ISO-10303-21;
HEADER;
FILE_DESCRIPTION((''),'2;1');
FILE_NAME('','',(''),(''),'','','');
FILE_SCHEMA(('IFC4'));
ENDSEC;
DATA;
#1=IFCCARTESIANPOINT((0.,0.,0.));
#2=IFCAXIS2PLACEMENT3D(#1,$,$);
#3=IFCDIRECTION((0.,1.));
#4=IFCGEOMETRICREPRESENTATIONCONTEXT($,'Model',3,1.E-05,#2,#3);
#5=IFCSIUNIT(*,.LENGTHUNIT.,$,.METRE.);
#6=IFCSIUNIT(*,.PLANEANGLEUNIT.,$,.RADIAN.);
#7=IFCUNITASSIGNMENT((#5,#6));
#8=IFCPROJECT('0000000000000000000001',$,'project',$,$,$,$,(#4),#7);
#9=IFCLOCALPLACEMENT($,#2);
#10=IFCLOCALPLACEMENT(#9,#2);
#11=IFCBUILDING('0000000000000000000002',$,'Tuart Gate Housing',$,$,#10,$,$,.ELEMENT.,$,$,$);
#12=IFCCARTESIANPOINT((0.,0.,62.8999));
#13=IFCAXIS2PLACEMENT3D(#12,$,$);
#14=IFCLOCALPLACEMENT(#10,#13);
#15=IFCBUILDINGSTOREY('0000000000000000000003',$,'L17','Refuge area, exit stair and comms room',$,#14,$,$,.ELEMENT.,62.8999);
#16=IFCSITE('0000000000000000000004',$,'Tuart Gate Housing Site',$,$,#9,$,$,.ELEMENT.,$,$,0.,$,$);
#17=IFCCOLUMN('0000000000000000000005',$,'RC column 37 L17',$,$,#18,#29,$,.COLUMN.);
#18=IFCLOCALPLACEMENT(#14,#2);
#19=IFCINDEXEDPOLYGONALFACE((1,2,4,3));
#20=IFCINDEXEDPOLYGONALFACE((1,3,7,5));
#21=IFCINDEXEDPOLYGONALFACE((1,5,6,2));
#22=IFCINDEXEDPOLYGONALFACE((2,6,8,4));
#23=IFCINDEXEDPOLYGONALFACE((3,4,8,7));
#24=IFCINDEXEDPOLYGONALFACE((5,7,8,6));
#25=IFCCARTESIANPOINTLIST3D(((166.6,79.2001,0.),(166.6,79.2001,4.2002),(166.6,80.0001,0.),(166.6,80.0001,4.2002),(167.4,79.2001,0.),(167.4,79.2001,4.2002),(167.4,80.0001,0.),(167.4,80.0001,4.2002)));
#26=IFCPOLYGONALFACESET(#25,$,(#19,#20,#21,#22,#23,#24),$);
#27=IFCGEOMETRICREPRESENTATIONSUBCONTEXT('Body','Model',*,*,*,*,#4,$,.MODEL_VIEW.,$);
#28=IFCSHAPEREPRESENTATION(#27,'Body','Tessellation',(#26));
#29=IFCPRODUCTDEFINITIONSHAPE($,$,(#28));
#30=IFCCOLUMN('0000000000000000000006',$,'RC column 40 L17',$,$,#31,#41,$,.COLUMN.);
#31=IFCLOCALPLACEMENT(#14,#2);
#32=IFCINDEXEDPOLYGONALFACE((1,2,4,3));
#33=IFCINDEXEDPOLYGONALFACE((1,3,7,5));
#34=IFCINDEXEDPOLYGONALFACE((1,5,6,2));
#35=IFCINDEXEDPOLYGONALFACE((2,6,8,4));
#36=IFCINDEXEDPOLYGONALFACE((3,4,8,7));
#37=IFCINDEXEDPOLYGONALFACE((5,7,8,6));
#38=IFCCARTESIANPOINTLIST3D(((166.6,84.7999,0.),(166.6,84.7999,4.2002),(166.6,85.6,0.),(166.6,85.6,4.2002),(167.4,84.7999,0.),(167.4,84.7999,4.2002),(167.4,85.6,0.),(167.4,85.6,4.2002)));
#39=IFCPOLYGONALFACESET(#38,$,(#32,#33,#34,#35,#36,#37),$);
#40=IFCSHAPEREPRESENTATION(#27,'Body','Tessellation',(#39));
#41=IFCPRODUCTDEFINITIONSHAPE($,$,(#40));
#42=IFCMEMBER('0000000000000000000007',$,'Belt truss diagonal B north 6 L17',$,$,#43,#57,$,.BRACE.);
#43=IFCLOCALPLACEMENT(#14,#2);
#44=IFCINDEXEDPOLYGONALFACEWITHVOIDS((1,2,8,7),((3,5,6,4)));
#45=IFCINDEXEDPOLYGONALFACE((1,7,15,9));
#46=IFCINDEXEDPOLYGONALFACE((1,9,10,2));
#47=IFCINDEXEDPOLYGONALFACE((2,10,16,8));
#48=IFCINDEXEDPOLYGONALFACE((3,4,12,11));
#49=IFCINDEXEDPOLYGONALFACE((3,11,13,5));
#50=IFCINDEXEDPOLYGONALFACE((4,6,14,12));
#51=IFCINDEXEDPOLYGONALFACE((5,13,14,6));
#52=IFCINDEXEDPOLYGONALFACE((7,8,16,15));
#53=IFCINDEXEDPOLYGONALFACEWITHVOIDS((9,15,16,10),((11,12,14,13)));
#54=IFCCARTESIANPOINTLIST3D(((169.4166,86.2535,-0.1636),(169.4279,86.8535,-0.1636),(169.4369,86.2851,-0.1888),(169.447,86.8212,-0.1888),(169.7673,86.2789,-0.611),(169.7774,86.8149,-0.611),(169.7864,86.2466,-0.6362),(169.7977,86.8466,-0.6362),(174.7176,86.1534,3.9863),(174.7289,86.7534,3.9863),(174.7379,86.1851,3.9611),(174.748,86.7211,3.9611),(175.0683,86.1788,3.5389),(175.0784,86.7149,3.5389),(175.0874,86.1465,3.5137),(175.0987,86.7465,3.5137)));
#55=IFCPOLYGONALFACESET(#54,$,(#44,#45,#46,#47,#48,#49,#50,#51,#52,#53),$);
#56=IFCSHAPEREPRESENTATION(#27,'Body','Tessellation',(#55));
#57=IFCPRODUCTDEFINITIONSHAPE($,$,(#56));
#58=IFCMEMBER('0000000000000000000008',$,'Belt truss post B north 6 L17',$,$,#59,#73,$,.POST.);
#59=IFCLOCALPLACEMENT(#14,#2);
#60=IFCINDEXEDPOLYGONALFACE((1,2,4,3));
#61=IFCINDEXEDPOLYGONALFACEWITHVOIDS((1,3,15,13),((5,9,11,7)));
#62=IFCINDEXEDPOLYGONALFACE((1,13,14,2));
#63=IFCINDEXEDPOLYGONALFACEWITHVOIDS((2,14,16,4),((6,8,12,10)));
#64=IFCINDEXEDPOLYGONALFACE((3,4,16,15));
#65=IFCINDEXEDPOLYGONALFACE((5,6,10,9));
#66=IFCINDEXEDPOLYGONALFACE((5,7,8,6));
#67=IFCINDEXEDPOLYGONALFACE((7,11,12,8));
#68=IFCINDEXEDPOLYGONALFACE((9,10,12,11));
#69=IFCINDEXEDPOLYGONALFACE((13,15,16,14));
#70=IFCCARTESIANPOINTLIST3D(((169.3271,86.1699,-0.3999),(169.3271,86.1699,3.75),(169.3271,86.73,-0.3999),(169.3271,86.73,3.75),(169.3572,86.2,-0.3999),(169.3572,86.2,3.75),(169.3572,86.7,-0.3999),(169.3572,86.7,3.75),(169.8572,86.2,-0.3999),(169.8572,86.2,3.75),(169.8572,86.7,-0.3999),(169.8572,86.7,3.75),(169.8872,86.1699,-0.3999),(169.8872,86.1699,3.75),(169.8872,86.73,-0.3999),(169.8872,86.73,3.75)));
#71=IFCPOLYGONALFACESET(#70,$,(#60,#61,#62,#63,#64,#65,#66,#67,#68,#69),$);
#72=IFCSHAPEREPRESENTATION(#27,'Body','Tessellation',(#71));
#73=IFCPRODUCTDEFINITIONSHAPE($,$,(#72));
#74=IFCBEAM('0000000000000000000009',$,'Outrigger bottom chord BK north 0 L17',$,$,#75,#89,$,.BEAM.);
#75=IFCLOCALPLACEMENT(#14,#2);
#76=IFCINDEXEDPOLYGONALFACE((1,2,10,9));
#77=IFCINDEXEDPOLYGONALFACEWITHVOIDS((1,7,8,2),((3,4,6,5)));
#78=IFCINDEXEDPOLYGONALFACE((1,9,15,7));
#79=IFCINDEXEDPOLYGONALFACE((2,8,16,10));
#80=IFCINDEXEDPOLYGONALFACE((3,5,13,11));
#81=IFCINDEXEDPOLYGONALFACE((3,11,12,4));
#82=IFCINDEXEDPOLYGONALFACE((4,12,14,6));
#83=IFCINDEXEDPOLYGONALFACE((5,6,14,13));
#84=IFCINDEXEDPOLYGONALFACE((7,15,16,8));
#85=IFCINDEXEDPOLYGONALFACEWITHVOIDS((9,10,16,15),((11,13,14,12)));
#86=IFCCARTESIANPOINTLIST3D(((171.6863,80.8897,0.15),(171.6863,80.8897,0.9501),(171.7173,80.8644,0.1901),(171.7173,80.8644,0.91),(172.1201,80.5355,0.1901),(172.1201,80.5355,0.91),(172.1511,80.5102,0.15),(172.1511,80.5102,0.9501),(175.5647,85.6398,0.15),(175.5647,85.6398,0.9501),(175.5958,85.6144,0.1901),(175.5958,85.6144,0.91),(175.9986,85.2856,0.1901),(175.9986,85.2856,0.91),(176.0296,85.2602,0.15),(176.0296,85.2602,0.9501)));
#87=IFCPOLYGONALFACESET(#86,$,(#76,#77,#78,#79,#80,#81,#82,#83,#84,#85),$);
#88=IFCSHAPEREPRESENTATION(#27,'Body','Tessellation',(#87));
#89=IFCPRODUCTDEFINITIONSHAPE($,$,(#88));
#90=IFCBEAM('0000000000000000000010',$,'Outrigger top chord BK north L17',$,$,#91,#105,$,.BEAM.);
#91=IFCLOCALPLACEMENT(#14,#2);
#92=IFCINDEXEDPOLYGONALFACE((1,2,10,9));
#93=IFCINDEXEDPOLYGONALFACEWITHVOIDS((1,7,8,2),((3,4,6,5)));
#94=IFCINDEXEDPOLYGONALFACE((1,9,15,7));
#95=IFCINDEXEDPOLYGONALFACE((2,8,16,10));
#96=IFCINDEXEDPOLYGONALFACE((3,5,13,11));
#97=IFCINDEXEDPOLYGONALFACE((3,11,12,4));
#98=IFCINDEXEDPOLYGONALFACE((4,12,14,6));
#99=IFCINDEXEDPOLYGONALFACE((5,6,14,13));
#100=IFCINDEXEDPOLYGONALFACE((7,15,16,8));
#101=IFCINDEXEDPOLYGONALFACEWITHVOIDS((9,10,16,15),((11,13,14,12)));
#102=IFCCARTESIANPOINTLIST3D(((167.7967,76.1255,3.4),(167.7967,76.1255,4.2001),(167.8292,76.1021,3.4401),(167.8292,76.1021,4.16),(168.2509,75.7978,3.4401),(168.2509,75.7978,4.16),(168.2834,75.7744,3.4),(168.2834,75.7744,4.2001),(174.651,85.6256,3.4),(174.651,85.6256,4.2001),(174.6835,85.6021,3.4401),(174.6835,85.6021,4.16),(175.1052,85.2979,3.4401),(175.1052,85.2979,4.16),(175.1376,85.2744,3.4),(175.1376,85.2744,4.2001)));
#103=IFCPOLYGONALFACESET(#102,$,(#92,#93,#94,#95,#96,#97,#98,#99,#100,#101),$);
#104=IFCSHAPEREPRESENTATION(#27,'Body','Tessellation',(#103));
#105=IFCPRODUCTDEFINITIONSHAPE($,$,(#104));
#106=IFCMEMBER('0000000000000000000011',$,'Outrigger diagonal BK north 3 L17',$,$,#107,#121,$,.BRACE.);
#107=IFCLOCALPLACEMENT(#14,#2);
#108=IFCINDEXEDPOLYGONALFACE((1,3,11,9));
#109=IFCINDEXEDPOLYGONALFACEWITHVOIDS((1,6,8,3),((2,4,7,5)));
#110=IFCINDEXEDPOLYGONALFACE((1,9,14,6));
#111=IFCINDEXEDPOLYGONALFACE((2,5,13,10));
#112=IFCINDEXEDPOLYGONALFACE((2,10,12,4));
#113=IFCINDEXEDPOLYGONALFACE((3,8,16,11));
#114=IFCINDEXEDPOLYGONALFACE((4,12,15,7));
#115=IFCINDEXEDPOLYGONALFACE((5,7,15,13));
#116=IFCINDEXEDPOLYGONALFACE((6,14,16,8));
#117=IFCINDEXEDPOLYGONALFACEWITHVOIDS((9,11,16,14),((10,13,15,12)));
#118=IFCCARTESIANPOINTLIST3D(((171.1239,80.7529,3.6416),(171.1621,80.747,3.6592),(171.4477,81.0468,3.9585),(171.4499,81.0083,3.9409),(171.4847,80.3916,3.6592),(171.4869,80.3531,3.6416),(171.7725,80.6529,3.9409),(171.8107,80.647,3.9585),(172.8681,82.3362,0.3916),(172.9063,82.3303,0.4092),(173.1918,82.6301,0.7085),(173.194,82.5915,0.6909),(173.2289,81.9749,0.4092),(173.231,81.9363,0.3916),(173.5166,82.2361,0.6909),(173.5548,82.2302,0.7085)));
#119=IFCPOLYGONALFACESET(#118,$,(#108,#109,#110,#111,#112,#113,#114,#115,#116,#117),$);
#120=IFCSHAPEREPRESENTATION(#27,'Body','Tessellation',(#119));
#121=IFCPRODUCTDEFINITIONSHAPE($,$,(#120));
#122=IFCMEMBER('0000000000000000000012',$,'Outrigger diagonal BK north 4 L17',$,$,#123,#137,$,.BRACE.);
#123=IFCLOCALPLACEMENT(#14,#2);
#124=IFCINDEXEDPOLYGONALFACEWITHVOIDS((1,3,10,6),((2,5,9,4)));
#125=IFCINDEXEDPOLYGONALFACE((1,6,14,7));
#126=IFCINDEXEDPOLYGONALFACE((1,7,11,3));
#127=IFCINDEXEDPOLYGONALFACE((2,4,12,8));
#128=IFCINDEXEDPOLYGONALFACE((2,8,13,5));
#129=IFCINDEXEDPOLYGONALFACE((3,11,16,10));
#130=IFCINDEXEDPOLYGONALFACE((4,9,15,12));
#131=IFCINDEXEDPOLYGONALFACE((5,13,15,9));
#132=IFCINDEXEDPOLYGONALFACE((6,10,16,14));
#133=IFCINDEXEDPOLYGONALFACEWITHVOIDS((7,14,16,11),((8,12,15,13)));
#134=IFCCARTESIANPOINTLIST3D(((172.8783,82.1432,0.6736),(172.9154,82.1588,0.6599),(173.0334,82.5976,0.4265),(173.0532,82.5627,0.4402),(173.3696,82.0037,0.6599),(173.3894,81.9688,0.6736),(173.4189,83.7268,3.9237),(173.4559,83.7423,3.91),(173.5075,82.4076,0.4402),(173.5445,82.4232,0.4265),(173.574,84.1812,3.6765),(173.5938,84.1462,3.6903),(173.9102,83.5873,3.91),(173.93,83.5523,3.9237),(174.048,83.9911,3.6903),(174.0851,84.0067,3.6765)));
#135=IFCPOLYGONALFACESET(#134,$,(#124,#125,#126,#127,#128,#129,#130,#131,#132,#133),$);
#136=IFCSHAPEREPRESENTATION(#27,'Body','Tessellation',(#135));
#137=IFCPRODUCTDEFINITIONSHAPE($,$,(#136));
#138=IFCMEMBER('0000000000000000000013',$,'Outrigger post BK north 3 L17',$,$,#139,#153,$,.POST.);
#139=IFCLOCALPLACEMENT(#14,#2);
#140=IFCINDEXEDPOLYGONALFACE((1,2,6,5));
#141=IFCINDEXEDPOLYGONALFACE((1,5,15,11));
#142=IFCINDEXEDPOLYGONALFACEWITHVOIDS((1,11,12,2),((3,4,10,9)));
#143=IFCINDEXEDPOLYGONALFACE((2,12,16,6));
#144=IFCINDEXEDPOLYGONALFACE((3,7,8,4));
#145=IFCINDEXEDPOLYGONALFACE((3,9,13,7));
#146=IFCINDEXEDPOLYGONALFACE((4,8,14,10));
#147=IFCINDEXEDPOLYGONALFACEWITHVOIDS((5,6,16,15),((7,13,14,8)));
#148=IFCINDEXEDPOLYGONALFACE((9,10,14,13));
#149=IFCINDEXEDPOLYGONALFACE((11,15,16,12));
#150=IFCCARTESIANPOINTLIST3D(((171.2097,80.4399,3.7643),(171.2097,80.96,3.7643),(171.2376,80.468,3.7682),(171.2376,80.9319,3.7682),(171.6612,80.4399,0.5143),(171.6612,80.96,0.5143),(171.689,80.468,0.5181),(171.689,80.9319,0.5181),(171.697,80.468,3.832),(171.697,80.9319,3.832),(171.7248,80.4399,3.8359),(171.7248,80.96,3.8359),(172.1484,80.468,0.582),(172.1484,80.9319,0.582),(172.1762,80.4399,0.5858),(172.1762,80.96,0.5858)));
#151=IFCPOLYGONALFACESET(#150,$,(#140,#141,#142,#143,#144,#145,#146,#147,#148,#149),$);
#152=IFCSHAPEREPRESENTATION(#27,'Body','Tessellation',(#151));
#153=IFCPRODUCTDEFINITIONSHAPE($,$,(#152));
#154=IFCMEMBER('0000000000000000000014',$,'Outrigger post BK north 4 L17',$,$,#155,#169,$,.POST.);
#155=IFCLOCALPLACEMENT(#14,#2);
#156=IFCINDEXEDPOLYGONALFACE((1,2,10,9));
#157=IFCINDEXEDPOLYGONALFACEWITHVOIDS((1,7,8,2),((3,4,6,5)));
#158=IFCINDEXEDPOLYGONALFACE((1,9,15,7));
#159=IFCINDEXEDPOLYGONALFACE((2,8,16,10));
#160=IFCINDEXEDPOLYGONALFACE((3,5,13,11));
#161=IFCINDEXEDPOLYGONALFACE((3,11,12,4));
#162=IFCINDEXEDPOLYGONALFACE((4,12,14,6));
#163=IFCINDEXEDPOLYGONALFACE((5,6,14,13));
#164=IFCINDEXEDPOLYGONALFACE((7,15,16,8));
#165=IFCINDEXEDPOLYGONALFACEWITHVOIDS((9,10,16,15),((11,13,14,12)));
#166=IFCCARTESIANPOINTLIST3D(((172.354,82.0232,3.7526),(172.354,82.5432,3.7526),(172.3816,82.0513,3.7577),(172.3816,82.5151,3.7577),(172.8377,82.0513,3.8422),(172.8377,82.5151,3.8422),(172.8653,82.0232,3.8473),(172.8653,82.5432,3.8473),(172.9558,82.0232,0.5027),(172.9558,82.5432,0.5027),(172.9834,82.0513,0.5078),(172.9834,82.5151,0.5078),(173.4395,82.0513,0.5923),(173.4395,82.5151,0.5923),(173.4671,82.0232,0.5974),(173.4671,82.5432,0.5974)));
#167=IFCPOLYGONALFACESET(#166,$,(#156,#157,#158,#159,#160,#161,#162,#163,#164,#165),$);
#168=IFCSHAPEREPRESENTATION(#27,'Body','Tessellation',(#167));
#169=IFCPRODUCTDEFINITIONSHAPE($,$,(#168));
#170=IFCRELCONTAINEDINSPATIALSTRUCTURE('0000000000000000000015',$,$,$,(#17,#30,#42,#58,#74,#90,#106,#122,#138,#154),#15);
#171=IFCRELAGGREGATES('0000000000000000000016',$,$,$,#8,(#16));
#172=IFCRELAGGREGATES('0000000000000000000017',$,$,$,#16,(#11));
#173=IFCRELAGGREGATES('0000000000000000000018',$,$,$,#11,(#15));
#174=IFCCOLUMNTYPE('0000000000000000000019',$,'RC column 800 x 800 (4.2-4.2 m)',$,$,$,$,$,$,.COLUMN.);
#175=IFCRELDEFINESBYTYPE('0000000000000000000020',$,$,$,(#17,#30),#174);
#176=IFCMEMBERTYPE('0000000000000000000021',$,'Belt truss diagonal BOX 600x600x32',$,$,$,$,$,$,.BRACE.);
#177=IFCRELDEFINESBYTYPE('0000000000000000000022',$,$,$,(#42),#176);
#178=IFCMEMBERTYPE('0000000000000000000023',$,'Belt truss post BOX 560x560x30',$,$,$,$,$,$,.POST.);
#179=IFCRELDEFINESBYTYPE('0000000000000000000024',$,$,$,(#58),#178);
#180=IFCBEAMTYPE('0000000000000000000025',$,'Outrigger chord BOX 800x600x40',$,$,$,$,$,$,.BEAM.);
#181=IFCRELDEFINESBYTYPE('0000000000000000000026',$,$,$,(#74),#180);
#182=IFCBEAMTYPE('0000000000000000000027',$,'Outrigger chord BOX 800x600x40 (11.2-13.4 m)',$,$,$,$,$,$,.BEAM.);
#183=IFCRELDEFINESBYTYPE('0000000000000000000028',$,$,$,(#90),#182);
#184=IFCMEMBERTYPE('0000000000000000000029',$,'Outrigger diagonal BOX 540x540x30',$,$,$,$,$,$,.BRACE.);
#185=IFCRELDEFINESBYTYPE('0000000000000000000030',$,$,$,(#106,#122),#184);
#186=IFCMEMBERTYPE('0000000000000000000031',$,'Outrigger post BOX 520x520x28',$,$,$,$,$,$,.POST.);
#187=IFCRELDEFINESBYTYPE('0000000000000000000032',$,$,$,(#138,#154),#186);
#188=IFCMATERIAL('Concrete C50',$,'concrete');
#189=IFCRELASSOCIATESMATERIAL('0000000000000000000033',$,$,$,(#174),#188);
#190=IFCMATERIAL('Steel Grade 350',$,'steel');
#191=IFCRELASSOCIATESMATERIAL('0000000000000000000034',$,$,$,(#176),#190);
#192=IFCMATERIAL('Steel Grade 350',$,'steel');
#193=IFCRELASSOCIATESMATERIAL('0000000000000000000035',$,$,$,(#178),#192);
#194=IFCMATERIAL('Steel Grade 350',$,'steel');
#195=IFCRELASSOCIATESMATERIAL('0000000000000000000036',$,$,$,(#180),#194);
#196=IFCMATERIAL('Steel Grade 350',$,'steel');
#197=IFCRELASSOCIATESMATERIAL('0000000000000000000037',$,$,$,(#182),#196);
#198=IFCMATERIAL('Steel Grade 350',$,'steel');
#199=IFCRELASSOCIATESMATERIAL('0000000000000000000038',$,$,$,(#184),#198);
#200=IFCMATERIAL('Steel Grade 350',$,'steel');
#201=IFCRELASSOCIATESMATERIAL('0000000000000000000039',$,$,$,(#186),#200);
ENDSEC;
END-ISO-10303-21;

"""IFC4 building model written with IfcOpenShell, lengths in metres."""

from ifc_helpers import new_model, si_unit, direction, frame, origin, origin_2d, place, context, subcontext, project, spatial, rectangle, hollow_rectangle, extrude, material, material_profile, profile_set, type_object, element, save


model = new_model("IFC4")

# Units and contexts
model_context = context("Model", 3, precision=1e-05, world=origin(), true_north=direction((0.0, 1.0)))
body_context = subcontext(model_context, "Body", "Model", "MODEL_VIEW")
ifc_project = project(units=[si_unit("LENGTHUNIT", "METRE"), si_unit("PLANEANGLEUNIT", "RADIAN")], contexts=[model_context])

# Site, building, storey
site_placement = place(None, origin())
site = spatial("IfcSite", under=ifc_project, at=site_placement, Name="Tuart Gate Housing Site", CompositionType="ELEMENT", RefElevation=0.0)
building_placement = place(site_placement, origin())
building = spatial("IfcBuilding", under=site, at=building_placement, Name="Tuart Gate Housing", CompositionType="ELEMENT")
storey_placement = place(building_placement, frame((0.0, 0.0, 62.8999)))
storey = spatial("IfcBuildingStorey", under=building, at=storey_placement, Name="L17", Description="Refuge area, exit stair and comms room", CompositionType="ELEMENT", Elevation=62.8999)

# Columns
ifc_material_1 = material(Name="Concrete C50", Category="concrete")
ifc_material_profile_1 = material_profile(ifc_material_1, rectangle(XDim=0.8, YDim=0.8, at=origin_2d()), Name="RC column 800 x 800 (4.2-4.2 m)")
ifc_profile_set_1 = profile_set([ifc_material_profile_1], Name="Concrete C50")
column_type = type_object("IfcColumnType", Name="RC column 800 x 800 (4.2-4.2 m)", PredefinedType="COLUMN", material=ifc_profile_set_1)
for number, where, z_axis, x_axis, name in (
    (1, (167.0, 79.6001, 0.0), (0.0, 0.0, 1.0), (1.0, 0.0, 0.0), "RC column 37 L17"),
    (2, (167.0, 85.2, 0.0), (0.0, 0.0, 1.0), (1.0, 0.0, 0.0), "RC column 40 L17"),
):
    element("IfcColumn", number, at=place(storey_placement, frame(where, z_axis=z_axis, x_axis=x_axis)), inside=storey, type_object=column_type, Name=name, PredefinedType="COLUMN", context=body_context, shape_type="SweptSolid", body=[
        extrude(rectangle(XDim=0.8, YDim=0.8, at=origin_2d()), origin(), (0.0, 0.0, 1.0), 4.2002),
    ])

# Members
ifc_material_2 = material(Name="Steel Grade 350", Category="steel")
ifc_material_profile_2 = material_profile(ifc_material_2, hollow_rectangle(XDim=0.6001, YDim=0.6001, WallThickness=0.032, at=origin_2d()), Name="BOX 600x600x32")
ifc_profile_set_2 = profile_set([ifc_material_profile_2], Name="Steel Grade 350")
member_type_1 = type_object("IfcMemberType", Name="Belt truss diagonal BOX 600x600x32", PredefinedType="BRACE", material=ifc_profile_set_2)
member_1_placement = place(storey_placement, frame((169.6072, 86.55, -0.3999), z_axis=(0.787326, -0.014867, 0.616357), x_axis=(0.018879, 0.999822, 0.0)))
element("IfcMember", 3, at=member_1_placement, inside=storey, type_object=member_type_1, Name="Belt truss diagonal B north 6 L17", PredefinedType="BRACE", context=body_context, shape_type="SweptSolid", body=[
    extrude(hollow_rectangle(XDim=0.6001, YDim=0.6001, WallThickness=0.032, at=origin_2d()), origin(), (0.0, 0.0, 1.0), 6.7329),
])
ifc_material_3 = material(Name="Steel Grade 350", Category="steel")
ifc_material_profile_3 = material_profile(ifc_material_3, hollow_rectangle(XDim=0.5601, YDim=0.5601, WallThickness=0.03, at=origin_2d()), Name="BOX 560x560x30")
ifc_profile_set_3 = profile_set([ifc_material_profile_3], Name="Steel Grade 350")
member_type_2 = type_object("IfcMemberType", Name="Belt truss post BOX 560x560x30", PredefinedType="POST", material=ifc_profile_set_3)
member_2_placement = place(storey_placement, frame((169.6072, 86.45, -0.3999), z_axis=(0.0, 0.0, 1.0), x_axis=(1.0, 0.0, 0.0)))
element("IfcMember", 4, at=member_2_placement, inside=storey, type_object=member_type_2, Name="Belt truss post B north 6 L17", PredefinedType="POST", context=body_context, shape_type="SweptSolid", body=[
    extrude(hollow_rectangle(XDim=0.5601, YDim=0.5601, WallThickness=0.03, at=origin_2d()), origin(), (0.0, 0.0, 1.0), 4.1499),
])

# Beams
ifc_material_4 = material(Name="Steel Grade 350", Category="steel")
ifc_material_profile_4 = material_profile(ifc_material_4, hollow_rectangle(XDim=0.6001, YDim=0.8, WallThickness=0.04, at=origin_2d()), Name="BOX 800x600x40")
ifc_profile_set_4 = profile_set([ifc_material_profile_4], Name="Steel Grade 350")
beam_type_1 = type_object("IfcBeamType", Name="Outrigger chord BOX 800x600x40", PredefinedType="BEAM", material=ifc_profile_set_4)
beam_1_placement = place(storey_placement, frame((171.9187, 80.7, 0.55), z_axis=(0.632461, 0.774592, 0.0), x_axis=(-0.774592, 0.632461, 0.0)))
element("IfcBeam", 5, at=beam_1_placement, inside=storey, type_object=beam_type_1, Name="Outrigger bottom chord BK north 0 L17", PredefinedType="BEAM", context=body_context, shape_type="SweptSolid", body=[
    extrude(hollow_rectangle(XDim=0.6001, YDim=0.8, WallThickness=0.04, at=origin_2d()), origin(), (0.0, 0.0, 1.0), 6.1323),
])
ifc_material_5 = material(Name="Steel Grade 350", Category="steel")
ifc_material_profile_5 = material_profile(ifc_material_5, hollow_rectangle(XDim=0.6001, YDim=0.8, WallThickness=0.04, at=origin_2d()), Name="BOX 800x600x40")
ifc_profile_set_5 = profile_set([ifc_material_profile_5], Name="Steel Grade 350")
beam_type_2 = type_object("IfcBeamType", Name="Outrigger chord BOX 800x600x40 (11.2-13.4 m)", PredefinedType="BEAM", material=ifc_profile_set_5)
beam_2_placement = place(storey_placement, frame((168.04, 75.95, 3.8), z_axis=(0.585105, 0.810957, 0.0), x_axis=(-0.810957, 0.585105, 0.0)))
element("IfcBeam", 6, at=beam_2_placement, inside=storey, type_object=beam_type_2, Name="Outrigger top chord BK north L17", PredefinedType="BEAM", context=body_context, shape_type="SweptSolid", body=[
    extrude(hollow_rectangle(XDim=0.6001, YDim=0.8, WallThickness=0.04, at=origin_2d()), origin(), (0.0, 0.0, 1.0), 11.7146),
])

# Members
ifc_material_6 = material(Name="Steel Grade 350", Category="steel")
ifc_material_profile_6 = material_profile(ifc_material_6, hollow_rectangle(XDim=0.54, YDim=0.54, WallThickness=0.03, at=origin_2d()), Name="BOX 540x540x30")
ifc_profile_set_6 = profile_set([ifc_material_profile_6], Name="Steel Grade 350")
member_type_3 = type_object("IfcMemberType", Name="Outrigger diagonal BOX 540x540x30", PredefinedType="BRACE", material=ifc_profile_set_6)
member_3_placement = place(storey_placement, frame((171.4673, 80.7, 3.8), z_axis=(0.434528, 0.394445, -0.809691), x_axis=(-0.672131, 0.740432, 0.0)))
element("IfcMember", 7, at=member_3_placement, inside=storey, type_object=member_type_3, Name="Outrigger diagonal BK north 3 L17", PredefinedType="BRACE", context=body_context, shape_type="SweptSolid", body=[
    extrude(hollow_rectangle(XDim=0.54, YDim=0.54, WallThickness=0.03, at=origin_2d()), origin(), (0.0, 0.0, 1.0), 4.0139),
])
member_4_placement = place(storey_placement, frame((173.2114, 82.2832, 0.55), z_axis=(0.14787, 0.433191, 0.88909), x_axis=(-0.946383, 0.323048, 0.0)))
element("IfcMember", 8, at=member_4_placement, inside=storey, type_object=member_type_3, Name="Outrigger diagonal BK north 4 L17", PredefinedType="BRACE", context=body_context, shape_type="SweptSolid", body=[
    extrude(hollow_rectangle(XDim=0.54, YDim=0.54, WallThickness=0.03, at=origin_2d()), origin(), (0.0, 0.0, 1.0), 3.6555),
])
ifc_material_7 = material(Name="Steel Grade 350", Category="steel")
ifc_material_profile_7 = material_profile(ifc_material_7, hollow_rectangle(XDim=0.52, YDim=0.52, WallThickness=0.0281, at=origin_2d()), Name="BOX 520x520x28")
ifc_profile_set_7 = profile_set([ifc_material_profile_7], Name="Steel Grade 350")
member_type_4 = type_object("IfcMemberType", Name="Outrigger post BOX 520x520x28", PredefinedType="POST", material=ifc_profile_set_7)
member_5_placement = place(storey_placement, frame((171.9187, 80.7, 0.55), z_axis=(-0.137576, 0.0, 0.990491), x_axis=(0.0, -1.0, 0.0)))
element("IfcMember", 9, at=member_5_placement, inside=storey, type_object=member_type_4, Name="Outrigger post BK north 3 L17", PredefinedType="POST", context=body_context, shape_type="SweptSolid", body=[
    extrude(hollow_rectangle(XDim=0.52, YDim=0.52, WallThickness=0.0281, at=origin_2d()), origin(), (0.0, 0.0, 1.0), 3.2812),
])
member_6_placement = place(storey_placement, frame((173.2114, 82.2832, 0.55), z_axis=(-0.182076, 0.0, 0.983284), x_axis=(0.0, -1.0, 0.0)))
element("IfcMember", 10, at=member_6_placement, inside=storey, type_object=member_type_4, Name="Outrigger post BK north 4 L17", PredefinedType="POST", context=body_context, shape_type="SweptSolid", body=[
    extrude(hollow_rectangle(XDim=0.52, YDim=0.52, WallThickness=0.0281, at=origin_2d()), origin(), (0.0, 0.0, 1.0), 3.3052),
])

save(model, "model.ifc")
